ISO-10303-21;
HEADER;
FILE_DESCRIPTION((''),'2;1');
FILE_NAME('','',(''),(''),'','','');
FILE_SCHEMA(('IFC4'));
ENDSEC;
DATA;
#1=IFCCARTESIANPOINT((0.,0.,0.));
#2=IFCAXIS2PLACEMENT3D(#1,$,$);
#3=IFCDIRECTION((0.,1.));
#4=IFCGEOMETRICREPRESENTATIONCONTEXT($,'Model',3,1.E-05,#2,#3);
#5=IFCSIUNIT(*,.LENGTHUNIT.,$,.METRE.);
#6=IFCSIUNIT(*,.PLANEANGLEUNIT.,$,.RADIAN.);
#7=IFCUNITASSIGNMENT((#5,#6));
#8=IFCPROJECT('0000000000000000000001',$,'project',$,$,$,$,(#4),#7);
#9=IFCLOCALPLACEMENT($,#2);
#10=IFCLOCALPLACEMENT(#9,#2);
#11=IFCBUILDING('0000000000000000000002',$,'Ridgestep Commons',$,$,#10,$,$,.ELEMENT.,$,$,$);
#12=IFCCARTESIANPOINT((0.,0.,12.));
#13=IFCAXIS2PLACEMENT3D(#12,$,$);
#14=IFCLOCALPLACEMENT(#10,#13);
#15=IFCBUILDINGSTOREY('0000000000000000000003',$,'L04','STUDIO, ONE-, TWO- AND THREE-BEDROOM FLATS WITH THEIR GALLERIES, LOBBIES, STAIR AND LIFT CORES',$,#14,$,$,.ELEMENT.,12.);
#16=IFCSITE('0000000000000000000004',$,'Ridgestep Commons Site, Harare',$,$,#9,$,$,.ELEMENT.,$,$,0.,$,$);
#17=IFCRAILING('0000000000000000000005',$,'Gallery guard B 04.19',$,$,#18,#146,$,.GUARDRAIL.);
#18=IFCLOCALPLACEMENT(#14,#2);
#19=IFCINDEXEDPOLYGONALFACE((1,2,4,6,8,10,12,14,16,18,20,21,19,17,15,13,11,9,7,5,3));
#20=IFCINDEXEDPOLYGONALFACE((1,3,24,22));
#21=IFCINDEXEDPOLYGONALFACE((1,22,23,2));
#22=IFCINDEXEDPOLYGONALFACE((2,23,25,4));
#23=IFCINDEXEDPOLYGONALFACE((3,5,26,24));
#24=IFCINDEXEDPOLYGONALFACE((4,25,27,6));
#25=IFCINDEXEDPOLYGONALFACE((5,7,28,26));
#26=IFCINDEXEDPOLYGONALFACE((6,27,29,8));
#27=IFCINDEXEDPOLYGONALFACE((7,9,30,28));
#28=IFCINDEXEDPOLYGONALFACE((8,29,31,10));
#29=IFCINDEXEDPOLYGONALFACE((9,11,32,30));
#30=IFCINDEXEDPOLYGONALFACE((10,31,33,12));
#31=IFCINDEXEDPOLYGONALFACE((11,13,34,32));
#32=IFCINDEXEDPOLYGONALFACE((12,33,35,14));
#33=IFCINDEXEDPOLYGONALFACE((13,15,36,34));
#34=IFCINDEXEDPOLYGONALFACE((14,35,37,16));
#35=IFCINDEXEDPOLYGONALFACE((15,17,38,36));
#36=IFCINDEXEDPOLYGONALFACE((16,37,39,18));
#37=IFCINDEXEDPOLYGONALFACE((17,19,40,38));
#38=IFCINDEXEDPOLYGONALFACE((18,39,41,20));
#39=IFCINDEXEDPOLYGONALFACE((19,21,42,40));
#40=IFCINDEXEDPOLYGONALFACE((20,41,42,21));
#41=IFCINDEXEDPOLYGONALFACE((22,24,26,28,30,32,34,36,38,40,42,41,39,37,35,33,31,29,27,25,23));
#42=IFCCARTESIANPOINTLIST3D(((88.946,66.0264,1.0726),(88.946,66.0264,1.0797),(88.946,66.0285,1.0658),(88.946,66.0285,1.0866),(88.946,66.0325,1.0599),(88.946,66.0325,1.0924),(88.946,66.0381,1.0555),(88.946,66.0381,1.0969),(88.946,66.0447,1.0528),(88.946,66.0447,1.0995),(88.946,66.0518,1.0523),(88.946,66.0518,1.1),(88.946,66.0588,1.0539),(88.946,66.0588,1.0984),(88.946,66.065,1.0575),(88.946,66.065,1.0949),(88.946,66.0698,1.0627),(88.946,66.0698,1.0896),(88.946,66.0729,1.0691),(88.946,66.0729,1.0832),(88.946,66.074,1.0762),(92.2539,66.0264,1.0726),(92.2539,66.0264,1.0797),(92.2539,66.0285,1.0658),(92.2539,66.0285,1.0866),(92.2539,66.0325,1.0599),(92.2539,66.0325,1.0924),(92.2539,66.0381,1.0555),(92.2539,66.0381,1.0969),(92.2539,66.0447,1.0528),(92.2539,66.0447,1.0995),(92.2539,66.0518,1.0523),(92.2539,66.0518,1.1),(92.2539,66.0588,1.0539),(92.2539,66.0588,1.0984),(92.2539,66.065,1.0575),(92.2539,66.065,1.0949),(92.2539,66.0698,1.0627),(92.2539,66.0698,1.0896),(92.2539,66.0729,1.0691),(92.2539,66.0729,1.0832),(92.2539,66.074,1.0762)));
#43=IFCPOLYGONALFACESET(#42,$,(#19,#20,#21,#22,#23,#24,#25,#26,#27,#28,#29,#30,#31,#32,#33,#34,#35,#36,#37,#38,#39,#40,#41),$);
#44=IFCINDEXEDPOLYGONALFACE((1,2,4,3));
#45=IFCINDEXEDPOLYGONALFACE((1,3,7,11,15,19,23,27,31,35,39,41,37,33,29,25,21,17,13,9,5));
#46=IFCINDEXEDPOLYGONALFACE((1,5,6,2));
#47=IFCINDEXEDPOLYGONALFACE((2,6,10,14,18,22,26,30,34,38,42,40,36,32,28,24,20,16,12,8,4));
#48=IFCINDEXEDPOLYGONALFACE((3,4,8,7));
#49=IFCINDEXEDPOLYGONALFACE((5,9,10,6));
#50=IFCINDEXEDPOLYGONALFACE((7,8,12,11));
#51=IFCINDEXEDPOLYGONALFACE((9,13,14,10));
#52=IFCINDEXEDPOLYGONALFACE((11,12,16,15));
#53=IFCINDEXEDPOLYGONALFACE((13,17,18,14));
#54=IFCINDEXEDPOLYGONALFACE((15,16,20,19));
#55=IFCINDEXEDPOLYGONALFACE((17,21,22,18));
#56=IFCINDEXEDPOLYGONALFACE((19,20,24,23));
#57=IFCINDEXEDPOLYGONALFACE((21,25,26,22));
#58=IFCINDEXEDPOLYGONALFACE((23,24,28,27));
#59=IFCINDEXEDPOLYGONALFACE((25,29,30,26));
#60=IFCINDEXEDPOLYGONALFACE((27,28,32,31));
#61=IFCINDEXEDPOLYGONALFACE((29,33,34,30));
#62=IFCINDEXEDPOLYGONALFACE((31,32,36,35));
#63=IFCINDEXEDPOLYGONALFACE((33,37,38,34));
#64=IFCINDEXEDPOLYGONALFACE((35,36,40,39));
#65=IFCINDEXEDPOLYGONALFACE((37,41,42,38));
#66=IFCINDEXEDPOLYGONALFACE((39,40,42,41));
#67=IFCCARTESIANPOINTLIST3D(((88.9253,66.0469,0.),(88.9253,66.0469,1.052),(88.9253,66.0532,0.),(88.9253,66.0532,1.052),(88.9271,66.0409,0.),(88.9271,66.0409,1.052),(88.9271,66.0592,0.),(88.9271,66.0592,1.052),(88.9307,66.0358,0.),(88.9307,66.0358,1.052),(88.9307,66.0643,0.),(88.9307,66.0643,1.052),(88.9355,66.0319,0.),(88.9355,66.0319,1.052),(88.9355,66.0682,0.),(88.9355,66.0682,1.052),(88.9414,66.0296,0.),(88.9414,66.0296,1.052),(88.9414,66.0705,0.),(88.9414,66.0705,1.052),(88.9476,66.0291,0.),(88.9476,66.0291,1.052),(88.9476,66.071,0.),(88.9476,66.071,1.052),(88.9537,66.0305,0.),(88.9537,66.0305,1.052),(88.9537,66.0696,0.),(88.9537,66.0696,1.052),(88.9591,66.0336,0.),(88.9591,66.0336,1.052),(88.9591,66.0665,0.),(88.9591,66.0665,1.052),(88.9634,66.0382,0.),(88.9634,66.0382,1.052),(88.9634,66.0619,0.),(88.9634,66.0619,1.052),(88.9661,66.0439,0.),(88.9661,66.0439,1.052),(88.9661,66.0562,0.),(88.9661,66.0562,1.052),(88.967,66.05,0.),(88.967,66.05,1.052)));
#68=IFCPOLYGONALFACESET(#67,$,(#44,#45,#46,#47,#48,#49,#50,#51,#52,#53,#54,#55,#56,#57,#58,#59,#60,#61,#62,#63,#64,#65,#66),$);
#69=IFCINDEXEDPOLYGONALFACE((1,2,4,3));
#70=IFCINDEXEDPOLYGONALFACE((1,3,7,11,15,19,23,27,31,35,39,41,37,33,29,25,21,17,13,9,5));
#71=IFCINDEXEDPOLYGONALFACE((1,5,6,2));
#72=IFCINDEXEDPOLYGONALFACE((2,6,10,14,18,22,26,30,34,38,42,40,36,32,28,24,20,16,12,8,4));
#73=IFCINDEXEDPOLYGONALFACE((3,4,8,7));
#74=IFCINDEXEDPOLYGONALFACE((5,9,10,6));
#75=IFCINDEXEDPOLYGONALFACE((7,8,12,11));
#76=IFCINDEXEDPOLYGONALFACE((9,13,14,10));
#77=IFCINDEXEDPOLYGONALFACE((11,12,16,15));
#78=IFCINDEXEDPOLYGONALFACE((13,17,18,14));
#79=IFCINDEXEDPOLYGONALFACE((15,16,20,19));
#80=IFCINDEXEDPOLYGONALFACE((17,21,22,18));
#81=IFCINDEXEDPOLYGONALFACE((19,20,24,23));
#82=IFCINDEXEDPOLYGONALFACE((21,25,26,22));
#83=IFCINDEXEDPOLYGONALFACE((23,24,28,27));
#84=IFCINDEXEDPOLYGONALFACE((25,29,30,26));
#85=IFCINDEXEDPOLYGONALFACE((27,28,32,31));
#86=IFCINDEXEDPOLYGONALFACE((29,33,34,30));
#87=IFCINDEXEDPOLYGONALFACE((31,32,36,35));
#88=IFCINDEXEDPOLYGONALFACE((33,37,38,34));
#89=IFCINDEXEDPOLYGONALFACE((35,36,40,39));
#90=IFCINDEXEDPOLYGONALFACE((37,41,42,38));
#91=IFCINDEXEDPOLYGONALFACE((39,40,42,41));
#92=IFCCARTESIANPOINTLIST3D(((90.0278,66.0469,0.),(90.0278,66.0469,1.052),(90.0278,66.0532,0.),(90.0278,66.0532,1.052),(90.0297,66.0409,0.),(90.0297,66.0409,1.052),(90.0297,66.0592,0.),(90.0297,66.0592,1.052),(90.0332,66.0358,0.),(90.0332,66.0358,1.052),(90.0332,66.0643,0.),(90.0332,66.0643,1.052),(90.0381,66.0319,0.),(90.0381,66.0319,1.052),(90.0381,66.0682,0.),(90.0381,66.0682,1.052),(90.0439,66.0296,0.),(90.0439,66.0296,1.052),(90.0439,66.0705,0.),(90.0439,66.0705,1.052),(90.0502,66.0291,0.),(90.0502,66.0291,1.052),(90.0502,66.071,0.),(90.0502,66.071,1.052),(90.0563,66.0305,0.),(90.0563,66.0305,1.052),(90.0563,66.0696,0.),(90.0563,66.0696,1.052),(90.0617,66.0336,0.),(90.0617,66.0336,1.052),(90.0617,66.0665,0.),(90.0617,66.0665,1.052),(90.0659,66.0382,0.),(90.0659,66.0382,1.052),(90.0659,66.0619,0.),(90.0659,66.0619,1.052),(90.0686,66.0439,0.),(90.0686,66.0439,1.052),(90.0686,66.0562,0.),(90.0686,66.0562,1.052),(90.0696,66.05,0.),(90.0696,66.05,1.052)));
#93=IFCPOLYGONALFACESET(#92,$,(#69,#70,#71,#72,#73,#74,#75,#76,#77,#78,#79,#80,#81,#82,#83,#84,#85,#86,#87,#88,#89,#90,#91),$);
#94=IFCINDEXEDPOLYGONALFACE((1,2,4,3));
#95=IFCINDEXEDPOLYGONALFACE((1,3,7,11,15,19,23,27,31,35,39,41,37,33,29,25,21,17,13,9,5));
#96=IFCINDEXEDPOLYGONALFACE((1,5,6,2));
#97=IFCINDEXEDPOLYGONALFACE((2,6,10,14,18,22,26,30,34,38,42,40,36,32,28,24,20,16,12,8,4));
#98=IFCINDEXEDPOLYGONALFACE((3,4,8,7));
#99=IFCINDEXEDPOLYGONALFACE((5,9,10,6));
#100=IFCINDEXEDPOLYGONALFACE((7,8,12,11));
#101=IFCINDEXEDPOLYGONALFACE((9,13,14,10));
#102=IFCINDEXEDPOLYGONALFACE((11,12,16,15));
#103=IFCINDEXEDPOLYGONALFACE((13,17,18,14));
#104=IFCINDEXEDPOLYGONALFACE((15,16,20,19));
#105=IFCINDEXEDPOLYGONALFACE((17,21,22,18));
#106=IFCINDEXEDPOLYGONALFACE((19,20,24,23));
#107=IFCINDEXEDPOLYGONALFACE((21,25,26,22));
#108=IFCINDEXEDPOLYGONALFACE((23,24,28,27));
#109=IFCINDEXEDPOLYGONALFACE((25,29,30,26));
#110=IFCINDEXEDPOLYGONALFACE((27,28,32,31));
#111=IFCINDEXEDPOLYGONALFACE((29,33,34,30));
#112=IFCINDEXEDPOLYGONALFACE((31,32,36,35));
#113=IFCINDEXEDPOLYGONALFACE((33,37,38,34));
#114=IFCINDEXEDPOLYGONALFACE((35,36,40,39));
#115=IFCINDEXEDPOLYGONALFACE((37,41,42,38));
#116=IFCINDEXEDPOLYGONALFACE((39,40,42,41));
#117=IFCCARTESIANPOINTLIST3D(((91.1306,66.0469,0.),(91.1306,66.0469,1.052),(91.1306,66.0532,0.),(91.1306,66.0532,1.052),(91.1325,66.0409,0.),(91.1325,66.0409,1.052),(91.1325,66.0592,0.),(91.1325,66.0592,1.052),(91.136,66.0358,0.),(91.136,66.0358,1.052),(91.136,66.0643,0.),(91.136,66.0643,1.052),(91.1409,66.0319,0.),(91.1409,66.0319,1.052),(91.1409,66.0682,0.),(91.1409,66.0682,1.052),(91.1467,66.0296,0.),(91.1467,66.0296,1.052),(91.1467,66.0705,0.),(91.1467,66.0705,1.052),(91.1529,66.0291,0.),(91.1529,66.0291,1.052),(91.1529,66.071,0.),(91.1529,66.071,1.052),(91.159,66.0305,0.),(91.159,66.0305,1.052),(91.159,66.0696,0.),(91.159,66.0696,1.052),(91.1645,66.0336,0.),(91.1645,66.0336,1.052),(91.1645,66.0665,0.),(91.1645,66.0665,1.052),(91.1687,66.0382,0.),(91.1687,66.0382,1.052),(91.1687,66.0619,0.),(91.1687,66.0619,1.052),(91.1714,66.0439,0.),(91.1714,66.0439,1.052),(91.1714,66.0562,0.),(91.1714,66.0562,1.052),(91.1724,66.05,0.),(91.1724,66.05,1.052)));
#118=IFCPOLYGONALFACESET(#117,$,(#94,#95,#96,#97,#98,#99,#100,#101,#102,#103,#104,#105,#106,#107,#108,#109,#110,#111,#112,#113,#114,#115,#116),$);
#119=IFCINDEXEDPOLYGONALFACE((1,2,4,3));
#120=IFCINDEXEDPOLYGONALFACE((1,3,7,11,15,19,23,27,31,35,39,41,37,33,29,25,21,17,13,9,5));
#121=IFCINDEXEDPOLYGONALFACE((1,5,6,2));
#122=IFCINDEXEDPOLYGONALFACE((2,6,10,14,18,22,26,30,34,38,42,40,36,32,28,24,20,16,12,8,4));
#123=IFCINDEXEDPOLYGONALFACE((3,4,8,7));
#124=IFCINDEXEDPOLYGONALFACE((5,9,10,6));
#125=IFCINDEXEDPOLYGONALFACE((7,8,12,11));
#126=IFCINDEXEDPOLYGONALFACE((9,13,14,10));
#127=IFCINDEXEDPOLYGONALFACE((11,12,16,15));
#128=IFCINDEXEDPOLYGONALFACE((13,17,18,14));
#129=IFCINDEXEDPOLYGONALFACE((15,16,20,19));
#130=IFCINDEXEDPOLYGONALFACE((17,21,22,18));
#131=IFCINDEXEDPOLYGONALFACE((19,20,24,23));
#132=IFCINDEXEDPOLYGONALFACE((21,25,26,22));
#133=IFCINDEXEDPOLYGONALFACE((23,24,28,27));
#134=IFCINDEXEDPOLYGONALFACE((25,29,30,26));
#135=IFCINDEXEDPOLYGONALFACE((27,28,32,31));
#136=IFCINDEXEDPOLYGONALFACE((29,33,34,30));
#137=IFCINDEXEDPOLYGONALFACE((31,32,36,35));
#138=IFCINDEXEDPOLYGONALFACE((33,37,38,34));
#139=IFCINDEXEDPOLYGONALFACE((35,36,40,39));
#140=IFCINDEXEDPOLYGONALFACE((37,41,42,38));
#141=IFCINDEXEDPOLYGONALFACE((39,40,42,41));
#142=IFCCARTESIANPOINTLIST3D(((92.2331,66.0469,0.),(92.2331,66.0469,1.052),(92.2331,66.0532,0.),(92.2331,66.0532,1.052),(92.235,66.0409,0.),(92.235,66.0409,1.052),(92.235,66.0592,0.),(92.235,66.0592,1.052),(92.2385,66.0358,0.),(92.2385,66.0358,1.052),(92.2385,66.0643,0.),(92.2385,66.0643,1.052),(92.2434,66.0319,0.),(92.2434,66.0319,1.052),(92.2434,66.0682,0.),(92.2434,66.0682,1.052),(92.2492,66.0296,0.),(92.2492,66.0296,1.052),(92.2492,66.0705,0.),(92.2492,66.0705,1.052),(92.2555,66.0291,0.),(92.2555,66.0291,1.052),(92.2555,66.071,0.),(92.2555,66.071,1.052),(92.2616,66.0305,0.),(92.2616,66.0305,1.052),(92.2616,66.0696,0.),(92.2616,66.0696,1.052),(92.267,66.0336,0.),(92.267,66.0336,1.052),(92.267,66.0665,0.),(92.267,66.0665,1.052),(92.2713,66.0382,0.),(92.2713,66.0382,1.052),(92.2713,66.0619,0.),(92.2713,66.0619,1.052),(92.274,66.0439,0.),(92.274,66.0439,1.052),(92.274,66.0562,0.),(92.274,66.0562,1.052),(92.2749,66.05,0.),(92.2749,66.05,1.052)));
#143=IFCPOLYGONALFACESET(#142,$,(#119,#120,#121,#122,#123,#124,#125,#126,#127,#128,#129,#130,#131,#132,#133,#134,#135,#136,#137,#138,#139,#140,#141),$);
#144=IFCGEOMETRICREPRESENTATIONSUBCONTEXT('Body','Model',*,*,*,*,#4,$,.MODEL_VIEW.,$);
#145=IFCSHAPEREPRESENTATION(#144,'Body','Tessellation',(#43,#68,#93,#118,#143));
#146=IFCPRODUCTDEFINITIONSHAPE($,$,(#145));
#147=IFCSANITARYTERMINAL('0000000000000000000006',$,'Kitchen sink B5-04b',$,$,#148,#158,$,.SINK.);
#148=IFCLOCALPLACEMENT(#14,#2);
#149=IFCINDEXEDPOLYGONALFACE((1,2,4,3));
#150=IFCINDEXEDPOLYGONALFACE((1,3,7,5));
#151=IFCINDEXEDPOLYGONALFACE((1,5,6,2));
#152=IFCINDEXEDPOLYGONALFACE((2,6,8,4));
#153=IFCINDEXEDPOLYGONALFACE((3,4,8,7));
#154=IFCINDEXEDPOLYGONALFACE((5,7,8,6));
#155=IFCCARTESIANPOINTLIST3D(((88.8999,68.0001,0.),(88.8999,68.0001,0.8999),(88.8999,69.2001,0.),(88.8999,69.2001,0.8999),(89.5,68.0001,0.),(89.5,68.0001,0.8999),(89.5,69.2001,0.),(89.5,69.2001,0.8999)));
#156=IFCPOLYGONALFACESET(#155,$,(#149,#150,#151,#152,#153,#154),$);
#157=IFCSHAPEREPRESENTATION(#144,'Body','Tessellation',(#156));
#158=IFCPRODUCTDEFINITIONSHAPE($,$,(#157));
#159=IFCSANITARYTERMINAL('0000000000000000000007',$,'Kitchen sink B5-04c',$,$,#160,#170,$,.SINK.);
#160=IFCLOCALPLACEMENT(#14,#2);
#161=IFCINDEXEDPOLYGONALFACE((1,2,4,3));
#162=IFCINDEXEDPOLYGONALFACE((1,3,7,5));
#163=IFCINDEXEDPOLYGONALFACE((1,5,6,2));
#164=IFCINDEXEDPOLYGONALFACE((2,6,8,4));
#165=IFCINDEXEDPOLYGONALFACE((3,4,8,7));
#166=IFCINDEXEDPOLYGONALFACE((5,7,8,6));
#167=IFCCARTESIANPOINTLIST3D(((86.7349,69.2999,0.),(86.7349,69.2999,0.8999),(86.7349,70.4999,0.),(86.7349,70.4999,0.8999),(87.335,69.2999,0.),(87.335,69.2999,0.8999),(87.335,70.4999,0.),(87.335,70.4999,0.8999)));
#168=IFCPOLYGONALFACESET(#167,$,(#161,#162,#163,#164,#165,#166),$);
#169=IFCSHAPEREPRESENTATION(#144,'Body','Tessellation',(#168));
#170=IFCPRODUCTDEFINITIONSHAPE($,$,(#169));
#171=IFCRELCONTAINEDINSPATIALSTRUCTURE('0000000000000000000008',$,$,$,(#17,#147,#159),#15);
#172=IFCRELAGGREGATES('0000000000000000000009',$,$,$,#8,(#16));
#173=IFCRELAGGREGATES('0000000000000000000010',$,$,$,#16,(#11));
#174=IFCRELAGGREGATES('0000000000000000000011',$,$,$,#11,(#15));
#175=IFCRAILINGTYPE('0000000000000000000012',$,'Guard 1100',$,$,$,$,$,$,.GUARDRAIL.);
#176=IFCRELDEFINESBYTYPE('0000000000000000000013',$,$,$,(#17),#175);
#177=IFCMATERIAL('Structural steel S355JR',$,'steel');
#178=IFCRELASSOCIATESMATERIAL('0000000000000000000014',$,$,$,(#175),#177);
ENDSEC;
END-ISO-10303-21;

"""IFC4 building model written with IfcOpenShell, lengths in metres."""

from ifc_helpers import new_model, si_unit, direction, frame, origin, origin_2d, place, context, subcontext, project, spatial, rectangle, circle, extrude, material, type_object, element, save


model = new_model("IFC4")

# Units and contexts
model_context = context("Model", 3, precision=1e-05, world=origin(), true_north=direction((0.0, 1.0)))
body_context = subcontext(model_context, "Body", "Model", "MODEL_VIEW")
ifc_project = project(units=[si_unit("LENGTHUNIT", "METRE"), si_unit("PLANEANGLEUNIT", "RADIAN")], contexts=[model_context])

# Site, building, storey
site_placement = place(None, origin())
site = spatial("IfcSite", under=ifc_project, at=site_placement, Name="Ridgestep Commons Site, Harare", CompositionType="ELEMENT", RefElevation=0.0)
building_placement = place(site_placement, origin())
building = spatial("IfcBuilding", under=site, at=building_placement, Name="Ridgestep Commons", CompositionType="ELEMENT")
storey_placement = place(building_placement, frame((0.0, 0.0, 12.0)))
storey = spatial("IfcBuildingStorey", under=building, at=storey_placement, Name="L04", Description="STUDIO, ONE-, TWO- AND THREE-BEDROOM FLATS WITH THEIR GALLERIES, LOBBIES, STAIR AND LIFT CORES", CompositionType="ELEMENT", Elevation=12.0)

# Railing
ifc_material_1 = material(Name="Structural steel S355JR", Category="steel")
railing_type = type_object("IfcRailingType", Name="Guard 1100", PredefinedType="GUARDRAIL", material=ifc_material_1)
railing_1_placement = place(storey_placement, frame((88.946, 66.05, 0.0)))
element("IfcRailing", 1, at=railing_1_placement, inside=storey, type_object=railing_type, Name="Gallery guard B 04.19", PredefinedType="GUARDRAIL", context=body_context, shape_type="SweptSolid", body=[
    extrude(circle(Radius=0.0239, at=origin_2d()), frame((0.0, 0.0, 1.0762), z_axis=(1.0, 0.0, 0.0), x_axis=(0.0, 1.0, 0.0)), (0.0, 0.0, 1.0), 3.3079),
    extrude(circle(Radius=0.021, at=origin_2d()), origin(), (0.0, 0.0, 1.0), 1.052),
    extrude(circle(Radius=0.021, at=origin_2d()), frame((1.1025, 0.0, 0.0)), (0.0, 0.0, 1.0), 1.052),
    extrude(circle(Radius=0.021, at=origin_2d()), frame((2.2053, 0.0, 0.0)), (0.0, 0.0, 1.0), 1.052),
    extrude(circle(Radius=0.021, at=origin_2d()), frame((3.3079, 0.0, 0.0)), (0.0, 0.0, 1.0), 1.052),
])

# Sanitary terminals
for number, where, z_axis, x_axis, name in (
    (2, (89.2, 68.6001, 0.0), (0.0, 0.0, 1.0), (1.0, 0.0, 0.0), "Kitchen sink B5-04b"),
    (3, (87.0349, 69.8999, 0.0), (0.0, 0.0, 1.0), (1.0, 0.0, 0.0), "Kitchen sink B5-04c"),
):
    element("IfcSanitaryTerminal", number, at=place(storey_placement, frame(where, z_axis=z_axis, x_axis=x_axis)), inside=storey, Name=name, PredefinedType="SINK", context=body_context, shape_type="SweptSolid", body=[
        extrude(rectangle(XDim=0.6001, YDim=1.2, at=origin_2d()), origin(), (0.0, 0.0, 1.0), 0.8999),
    ])

save(model, "model.ifc")
